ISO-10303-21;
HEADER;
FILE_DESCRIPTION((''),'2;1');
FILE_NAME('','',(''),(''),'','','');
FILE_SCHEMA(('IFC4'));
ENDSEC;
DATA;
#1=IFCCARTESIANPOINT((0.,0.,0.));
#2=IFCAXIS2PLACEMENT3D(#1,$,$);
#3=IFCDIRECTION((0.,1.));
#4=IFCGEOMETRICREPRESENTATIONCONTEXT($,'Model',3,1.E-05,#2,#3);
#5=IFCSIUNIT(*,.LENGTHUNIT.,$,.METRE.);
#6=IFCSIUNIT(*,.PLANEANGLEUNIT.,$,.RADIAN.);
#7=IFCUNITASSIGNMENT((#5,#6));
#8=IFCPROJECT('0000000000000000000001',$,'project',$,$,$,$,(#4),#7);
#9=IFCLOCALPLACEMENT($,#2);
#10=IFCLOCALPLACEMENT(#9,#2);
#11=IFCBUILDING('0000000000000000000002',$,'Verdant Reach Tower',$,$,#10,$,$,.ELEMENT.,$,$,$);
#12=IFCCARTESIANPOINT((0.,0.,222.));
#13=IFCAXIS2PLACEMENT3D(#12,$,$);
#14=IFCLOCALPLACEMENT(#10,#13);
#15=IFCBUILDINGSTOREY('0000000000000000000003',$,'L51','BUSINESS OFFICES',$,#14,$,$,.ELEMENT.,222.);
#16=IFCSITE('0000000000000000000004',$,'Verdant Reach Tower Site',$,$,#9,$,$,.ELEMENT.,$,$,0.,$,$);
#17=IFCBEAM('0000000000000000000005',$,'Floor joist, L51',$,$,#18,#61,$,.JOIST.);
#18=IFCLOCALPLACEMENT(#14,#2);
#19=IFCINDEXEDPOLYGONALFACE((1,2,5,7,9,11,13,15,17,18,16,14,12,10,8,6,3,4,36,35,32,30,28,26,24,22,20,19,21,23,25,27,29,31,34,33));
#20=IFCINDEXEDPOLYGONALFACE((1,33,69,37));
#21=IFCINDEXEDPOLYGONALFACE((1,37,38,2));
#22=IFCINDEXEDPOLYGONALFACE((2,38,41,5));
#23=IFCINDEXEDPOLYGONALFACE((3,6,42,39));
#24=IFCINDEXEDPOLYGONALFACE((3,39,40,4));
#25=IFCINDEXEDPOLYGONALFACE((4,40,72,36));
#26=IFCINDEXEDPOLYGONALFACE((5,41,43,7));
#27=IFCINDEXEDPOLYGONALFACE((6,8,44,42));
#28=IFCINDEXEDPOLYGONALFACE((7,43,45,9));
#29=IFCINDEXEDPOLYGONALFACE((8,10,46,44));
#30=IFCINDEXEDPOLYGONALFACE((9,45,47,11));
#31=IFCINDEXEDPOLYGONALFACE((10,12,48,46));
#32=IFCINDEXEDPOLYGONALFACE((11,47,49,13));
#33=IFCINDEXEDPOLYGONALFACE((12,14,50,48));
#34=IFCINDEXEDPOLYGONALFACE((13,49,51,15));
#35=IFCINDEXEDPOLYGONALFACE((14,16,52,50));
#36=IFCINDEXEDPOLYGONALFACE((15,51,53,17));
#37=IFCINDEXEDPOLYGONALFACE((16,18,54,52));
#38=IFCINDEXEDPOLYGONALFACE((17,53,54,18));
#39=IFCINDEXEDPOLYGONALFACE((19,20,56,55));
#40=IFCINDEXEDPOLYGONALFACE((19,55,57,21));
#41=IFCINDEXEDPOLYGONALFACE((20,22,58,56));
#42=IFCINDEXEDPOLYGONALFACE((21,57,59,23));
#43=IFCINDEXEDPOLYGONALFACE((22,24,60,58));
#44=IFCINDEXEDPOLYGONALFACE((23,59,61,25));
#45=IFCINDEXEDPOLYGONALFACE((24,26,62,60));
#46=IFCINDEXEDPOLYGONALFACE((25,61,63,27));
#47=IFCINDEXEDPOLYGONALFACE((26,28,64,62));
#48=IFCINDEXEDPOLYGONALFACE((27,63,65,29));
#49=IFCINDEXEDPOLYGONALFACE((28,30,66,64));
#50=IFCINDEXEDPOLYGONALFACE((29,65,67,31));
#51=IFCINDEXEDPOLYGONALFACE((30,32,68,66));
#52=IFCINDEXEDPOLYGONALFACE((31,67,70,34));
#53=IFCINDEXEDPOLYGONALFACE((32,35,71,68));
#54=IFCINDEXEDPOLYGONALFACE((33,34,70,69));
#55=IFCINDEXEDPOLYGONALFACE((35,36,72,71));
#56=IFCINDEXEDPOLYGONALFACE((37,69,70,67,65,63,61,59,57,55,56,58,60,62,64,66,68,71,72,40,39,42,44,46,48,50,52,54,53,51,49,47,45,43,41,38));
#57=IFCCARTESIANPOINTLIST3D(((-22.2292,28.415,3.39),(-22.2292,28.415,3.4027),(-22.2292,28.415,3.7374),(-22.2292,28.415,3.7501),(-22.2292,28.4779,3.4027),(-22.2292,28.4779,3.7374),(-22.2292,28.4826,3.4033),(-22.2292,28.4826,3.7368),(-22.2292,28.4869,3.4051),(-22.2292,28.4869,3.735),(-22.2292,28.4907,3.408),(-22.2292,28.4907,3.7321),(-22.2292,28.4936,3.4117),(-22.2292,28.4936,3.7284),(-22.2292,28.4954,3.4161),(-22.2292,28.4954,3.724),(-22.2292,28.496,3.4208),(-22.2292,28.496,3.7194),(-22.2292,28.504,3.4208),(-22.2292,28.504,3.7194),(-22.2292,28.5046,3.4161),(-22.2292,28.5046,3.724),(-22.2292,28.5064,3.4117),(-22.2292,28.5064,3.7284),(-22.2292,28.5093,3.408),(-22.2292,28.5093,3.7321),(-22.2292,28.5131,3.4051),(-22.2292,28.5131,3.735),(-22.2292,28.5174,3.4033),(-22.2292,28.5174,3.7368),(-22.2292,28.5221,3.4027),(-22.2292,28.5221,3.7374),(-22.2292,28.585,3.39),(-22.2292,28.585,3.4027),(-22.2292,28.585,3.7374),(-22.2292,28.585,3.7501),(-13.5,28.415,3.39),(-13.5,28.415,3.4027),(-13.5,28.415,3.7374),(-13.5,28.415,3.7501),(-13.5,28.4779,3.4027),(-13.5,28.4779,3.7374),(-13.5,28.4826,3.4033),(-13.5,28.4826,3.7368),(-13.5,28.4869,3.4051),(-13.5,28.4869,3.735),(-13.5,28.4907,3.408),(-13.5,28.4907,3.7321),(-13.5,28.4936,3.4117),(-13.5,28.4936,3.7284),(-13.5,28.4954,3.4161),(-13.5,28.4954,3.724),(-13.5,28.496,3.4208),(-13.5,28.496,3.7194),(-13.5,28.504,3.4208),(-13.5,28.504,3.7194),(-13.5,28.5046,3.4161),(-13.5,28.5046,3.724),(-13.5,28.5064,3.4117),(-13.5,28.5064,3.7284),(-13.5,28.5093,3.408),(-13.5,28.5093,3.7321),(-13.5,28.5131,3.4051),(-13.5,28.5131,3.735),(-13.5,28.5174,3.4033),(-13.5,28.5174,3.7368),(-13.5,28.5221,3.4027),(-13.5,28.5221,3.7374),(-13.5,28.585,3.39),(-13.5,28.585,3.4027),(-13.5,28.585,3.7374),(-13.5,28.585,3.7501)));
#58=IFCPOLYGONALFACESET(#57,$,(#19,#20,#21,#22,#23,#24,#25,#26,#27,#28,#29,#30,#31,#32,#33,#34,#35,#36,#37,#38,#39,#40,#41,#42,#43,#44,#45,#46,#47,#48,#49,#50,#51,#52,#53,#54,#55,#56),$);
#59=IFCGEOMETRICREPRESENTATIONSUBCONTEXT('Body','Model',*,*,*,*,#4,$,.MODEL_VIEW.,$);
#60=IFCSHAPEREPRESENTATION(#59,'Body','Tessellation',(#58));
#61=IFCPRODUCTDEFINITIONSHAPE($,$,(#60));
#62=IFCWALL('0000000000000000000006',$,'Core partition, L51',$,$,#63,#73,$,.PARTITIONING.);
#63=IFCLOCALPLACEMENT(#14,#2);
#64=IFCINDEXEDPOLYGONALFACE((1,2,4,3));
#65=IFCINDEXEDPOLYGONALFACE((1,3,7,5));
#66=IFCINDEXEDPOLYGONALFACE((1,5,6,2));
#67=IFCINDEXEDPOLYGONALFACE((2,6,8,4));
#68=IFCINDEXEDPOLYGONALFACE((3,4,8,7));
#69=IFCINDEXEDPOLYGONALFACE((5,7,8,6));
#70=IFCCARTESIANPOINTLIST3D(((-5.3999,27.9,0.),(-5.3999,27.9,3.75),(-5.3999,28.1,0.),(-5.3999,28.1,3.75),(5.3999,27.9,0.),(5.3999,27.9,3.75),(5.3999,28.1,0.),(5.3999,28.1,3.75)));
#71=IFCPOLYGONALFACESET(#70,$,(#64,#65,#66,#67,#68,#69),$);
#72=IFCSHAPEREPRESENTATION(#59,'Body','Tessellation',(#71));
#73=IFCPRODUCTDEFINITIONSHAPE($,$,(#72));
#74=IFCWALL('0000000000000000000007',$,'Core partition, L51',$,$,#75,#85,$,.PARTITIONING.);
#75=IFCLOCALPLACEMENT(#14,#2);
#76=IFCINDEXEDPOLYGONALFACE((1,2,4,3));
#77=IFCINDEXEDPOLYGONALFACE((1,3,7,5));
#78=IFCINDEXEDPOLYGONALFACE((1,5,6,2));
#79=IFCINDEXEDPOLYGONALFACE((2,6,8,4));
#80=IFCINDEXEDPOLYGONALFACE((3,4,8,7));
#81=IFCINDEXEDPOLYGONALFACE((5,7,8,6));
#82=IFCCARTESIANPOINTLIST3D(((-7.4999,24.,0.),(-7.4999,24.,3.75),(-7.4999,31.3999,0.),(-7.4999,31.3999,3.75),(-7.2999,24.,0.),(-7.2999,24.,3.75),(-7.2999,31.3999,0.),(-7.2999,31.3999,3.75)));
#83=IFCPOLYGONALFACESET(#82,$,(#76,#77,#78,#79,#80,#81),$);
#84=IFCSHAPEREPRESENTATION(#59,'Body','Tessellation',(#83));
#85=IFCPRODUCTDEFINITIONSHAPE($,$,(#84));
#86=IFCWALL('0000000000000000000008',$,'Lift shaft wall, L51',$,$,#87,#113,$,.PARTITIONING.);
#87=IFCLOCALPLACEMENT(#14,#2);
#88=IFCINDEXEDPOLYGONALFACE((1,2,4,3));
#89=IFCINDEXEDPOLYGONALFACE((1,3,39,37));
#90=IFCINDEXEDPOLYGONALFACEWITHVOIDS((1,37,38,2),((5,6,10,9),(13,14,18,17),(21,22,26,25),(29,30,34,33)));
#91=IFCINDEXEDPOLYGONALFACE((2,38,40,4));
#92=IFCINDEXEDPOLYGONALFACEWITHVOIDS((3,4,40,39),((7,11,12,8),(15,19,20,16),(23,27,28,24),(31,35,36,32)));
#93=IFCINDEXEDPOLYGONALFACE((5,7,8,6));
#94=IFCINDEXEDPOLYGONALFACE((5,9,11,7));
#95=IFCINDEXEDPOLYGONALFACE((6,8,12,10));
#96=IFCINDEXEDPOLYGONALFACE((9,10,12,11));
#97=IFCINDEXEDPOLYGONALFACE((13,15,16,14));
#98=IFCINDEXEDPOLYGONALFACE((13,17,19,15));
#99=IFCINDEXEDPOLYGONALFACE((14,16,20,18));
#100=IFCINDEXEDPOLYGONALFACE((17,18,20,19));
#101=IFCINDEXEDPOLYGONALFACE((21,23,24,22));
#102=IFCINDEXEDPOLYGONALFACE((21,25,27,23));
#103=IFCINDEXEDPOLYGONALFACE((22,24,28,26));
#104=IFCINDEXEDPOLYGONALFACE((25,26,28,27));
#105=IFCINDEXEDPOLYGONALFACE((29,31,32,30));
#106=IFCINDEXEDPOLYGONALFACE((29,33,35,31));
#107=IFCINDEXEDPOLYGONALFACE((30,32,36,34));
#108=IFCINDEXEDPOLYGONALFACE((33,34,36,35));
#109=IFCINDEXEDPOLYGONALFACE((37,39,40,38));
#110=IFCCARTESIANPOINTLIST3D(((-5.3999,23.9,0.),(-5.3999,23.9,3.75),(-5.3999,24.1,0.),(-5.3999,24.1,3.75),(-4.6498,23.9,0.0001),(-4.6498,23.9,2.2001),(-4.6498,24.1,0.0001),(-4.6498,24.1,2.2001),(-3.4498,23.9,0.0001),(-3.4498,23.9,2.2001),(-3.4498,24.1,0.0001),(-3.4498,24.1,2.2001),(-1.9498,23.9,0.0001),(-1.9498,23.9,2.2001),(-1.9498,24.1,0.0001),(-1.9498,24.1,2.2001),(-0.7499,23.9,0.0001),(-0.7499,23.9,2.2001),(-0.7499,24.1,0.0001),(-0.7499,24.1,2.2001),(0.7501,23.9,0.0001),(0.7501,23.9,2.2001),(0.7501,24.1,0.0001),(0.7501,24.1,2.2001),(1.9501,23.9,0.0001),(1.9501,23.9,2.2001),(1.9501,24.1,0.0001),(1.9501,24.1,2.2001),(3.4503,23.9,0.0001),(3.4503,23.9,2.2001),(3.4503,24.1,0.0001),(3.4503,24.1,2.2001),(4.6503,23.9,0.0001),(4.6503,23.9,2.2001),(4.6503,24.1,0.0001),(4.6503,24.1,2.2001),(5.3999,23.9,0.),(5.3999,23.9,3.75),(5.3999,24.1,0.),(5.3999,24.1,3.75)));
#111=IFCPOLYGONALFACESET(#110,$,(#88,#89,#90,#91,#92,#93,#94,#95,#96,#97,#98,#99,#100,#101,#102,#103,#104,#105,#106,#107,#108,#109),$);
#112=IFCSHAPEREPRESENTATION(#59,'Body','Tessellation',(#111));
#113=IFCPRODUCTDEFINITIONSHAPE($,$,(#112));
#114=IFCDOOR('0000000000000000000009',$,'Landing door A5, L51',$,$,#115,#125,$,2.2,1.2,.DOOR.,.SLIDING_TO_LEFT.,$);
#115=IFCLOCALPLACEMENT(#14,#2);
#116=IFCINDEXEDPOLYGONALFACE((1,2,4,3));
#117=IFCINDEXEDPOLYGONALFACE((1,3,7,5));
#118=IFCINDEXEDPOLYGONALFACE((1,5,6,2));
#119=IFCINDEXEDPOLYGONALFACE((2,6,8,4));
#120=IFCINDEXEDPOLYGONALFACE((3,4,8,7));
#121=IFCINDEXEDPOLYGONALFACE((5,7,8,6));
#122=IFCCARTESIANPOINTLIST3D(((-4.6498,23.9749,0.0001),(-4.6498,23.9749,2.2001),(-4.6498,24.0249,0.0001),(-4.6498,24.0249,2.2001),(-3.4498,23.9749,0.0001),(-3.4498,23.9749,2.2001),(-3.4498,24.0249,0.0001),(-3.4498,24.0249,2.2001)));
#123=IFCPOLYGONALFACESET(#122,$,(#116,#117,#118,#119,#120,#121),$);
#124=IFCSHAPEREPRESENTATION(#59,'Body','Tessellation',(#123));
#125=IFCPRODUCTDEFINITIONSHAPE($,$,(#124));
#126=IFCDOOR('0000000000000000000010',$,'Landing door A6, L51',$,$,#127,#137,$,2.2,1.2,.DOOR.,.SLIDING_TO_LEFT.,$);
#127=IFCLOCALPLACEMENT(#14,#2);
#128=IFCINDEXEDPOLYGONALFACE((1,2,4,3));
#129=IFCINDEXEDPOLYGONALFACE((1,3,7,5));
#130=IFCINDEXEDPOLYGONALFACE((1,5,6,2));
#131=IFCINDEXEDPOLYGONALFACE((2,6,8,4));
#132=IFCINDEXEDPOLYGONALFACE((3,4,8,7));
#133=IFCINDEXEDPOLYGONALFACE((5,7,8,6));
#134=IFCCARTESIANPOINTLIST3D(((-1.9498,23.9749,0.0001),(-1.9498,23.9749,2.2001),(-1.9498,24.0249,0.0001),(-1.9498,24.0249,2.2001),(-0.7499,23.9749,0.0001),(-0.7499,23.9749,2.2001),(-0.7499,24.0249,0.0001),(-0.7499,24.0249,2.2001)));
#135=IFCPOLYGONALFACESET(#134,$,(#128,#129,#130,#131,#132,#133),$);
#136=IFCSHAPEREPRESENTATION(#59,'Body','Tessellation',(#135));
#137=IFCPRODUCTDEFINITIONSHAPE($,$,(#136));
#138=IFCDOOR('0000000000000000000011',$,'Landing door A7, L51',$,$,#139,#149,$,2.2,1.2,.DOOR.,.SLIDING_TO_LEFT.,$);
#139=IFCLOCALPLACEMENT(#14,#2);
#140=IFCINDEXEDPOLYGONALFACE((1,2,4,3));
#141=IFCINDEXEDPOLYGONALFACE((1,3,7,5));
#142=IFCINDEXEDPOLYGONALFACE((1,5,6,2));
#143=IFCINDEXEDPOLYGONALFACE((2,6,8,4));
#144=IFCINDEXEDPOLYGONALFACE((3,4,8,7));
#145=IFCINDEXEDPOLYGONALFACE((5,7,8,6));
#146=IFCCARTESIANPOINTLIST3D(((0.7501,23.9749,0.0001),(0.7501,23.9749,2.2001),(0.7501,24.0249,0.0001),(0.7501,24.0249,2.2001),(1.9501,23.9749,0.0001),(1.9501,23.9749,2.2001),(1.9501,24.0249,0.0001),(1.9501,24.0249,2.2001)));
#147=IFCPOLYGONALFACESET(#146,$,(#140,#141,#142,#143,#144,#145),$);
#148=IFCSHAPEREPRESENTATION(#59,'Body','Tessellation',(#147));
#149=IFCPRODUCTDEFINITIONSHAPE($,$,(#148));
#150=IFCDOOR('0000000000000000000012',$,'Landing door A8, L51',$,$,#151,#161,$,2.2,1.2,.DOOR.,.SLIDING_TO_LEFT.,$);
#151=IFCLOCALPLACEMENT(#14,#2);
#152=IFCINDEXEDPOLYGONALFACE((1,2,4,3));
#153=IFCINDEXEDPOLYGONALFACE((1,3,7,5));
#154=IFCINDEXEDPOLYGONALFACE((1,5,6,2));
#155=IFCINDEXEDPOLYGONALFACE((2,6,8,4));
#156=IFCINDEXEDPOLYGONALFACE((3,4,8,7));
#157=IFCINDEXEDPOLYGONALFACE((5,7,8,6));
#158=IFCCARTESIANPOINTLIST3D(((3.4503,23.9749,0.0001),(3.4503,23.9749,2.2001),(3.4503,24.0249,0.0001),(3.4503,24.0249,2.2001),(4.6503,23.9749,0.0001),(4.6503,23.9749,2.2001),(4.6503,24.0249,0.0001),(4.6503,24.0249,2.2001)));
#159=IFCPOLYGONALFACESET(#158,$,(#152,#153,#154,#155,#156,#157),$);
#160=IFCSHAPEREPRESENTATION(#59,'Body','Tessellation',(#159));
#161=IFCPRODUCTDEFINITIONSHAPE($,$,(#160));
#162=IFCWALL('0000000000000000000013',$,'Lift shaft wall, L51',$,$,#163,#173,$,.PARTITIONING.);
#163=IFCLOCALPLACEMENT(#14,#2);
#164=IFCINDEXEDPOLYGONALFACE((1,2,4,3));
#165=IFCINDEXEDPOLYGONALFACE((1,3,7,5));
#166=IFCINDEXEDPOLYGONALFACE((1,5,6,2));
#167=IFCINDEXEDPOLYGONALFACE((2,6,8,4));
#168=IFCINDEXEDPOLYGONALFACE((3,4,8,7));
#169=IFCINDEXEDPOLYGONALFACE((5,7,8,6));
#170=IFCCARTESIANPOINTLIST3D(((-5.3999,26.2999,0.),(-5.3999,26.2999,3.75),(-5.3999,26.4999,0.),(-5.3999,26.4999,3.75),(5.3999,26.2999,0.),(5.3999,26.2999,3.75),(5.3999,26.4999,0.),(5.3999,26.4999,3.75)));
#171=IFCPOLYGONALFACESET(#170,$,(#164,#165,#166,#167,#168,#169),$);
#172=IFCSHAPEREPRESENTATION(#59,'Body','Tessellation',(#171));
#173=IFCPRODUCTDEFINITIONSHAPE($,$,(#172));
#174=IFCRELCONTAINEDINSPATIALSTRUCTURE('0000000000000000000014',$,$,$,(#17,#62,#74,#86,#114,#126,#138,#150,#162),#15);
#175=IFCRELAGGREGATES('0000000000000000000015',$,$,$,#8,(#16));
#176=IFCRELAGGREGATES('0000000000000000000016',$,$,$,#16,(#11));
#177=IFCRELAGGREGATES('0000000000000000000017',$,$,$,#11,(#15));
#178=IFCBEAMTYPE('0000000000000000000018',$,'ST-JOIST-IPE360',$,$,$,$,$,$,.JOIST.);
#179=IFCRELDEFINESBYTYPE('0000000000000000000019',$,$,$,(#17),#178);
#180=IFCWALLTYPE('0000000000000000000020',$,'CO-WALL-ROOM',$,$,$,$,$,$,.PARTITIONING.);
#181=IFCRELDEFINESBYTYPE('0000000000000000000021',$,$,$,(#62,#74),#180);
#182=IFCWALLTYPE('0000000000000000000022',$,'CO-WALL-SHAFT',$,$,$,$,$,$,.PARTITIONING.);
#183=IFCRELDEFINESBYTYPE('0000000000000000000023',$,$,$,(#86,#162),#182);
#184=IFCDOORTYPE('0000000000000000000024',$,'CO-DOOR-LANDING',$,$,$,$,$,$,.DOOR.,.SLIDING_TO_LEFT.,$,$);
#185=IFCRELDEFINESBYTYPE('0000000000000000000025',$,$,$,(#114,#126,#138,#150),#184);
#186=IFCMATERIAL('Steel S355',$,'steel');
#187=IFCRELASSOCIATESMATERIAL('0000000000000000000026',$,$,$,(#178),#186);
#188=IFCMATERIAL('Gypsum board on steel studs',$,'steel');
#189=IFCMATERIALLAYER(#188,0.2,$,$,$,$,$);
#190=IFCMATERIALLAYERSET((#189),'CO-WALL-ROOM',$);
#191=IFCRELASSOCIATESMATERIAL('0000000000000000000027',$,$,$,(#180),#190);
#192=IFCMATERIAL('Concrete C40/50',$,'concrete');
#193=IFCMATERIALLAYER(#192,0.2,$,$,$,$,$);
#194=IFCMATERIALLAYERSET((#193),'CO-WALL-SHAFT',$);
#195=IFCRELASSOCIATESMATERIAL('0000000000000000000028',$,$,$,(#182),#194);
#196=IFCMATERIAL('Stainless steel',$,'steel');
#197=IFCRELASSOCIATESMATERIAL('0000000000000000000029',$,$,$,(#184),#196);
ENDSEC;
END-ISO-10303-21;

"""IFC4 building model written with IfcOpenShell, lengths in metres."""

from ifc_helpers import new_model, si_unit, direction, frame, frame_2d, origin, origin_2d, place, context, subcontext, project, spatial, rectangle, i_section, extrude, material, layer, layer_set, material_profile, profile_set, type_object, element, fill, save


model = new_model("IFC4")

# Units and contexts
model_context = context("Model", 3, precision=1e-05, world=origin(), true_north=direction((0.0, 1.0)))
body_context = subcontext(model_context, "Body", "Model", "MODEL_VIEW")
ifc_project = project(units=[si_unit("LENGTHUNIT", "METRE"), si_unit("PLANEANGLEUNIT", "RADIAN")], contexts=[model_context])

# Site, building, storey
site_placement = place(None, origin())
site = spatial("IfcSite", under=ifc_project, at=site_placement, Name="Verdant Reach Tower Site", CompositionType="ELEMENT", RefElevation=0.0)
building_placement = place(site_placement, origin())
building = spatial("IfcBuilding", under=site, at=building_placement, Name="Verdant Reach Tower", CompositionType="ELEMENT")
storey_placement = place(building_placement, frame((0.0, 0.0, 222.0)))
storey = spatial("IfcBuildingStorey", under=building, at=storey_placement, Name="L51", Description="BUSINESS OFFICES", CompositionType="ELEMENT", Elevation=222.0)

# Beam
ifc_material_1 = material(Name="Steel S355", Category="steel")
ifc_material_profile = material_profile(ifc_material_1, i_section(OverallWidth=0.1699, OverallDepth=0.3601, WebThickness=0.0081, FlangeThickness=0.0127, FilletRadius=0.0181, at=origin_2d()), Name="IPE 360")
ifc_profile_set = profile_set([ifc_material_profile], Name="Steel S355")
beam_type = type_object("IfcBeamType", Name="ST-JOIST-IPE360", PredefinedType="JOIST", material=ifc_profile_set)
beam_placement = place(storey_placement, frame((-13.5, 28.5, 3.5701), z_axis=(-1.0, 0.0, 0.0), x_axis=(0.0, -1.0, 0.0)))
element("IfcBeam", 1, at=beam_placement, inside=storey, type_object=beam_type, Name="Floor joist, L51", PredefinedType="JOIST", context=body_context, shape_type="SweptSolid", body=[
    extrude(i_section(OverallWidth=0.1699, OverallDepth=0.3601, WebThickness=0.0081, FlangeThickness=0.0127, FilletRadius=0.0181, at=origin_2d()), origin(), (0.0, 0.0, 1.0), 8.7292),
])

# Walls
ifc_material_2 = material(Name="Gypsum board on steel studs", Category="steel")
ifc_layer_1 = layer(ifc_material_2, 0.2)
ifc_layer_set_1 = layer_set([ifc_layer_1], Name="CO-WALL-ROOM")
wall_type_1 = type_object("IfcWallType", Name="CO-WALL-ROOM", PredefinedType="PARTITIONING", material=ifc_layer_set_1)
wall_1_placement = place(storey_placement, frame((-5.3999, 28.0, 0.0), z_axis=(0.0, 0.0, 1.0), x_axis=(1.0, 0.0, 0.0)))
element("IfcWall", 2, at=wall_1_placement, inside=storey, type_object=wall_type_1, Name="Core partition, L51", PredefinedType="PARTITIONING", context=body_context, shape_type="SweptSolid", body=[
    extrude(rectangle(XDim=10.7998, YDim=0.2, at=frame_2d((5.3999, 0.0))), origin(), (0.0, 0.0, 1.0), 3.75),
])
wall_2_placement = place(storey_placement, frame((-7.3999, 24.0, 0.0), z_axis=(0.0, 0.0, 1.0), x_axis=(0.0, 1.0, 0.0)))
element("IfcWall", 3, at=wall_2_placement, inside=storey, type_object=wall_type_1, Name="Core partition, L51", PredefinedType="PARTITIONING", context=body_context, shape_type="SweptSolid", body=[
    extrude(rectangle(XDim=7.3999, YDim=0.2, at=frame_2d((3.7, 0.0))), origin(), (0.0, 0.0, 1.0), 3.75),
])

# Wall, openings, doors
ifc_material_3 = material(Name="Concrete C40/50", Category="concrete")
ifc_layer_2 = layer(ifc_material_3, 0.2)
ifc_layer_set_2 = layer_set([ifc_layer_2], Name="CO-WALL-SHAFT")
wall_type_2 = type_object("IfcWallType", Name="CO-WALL-SHAFT", PredefinedType="PARTITIONING", material=ifc_layer_set_2)
wall_3_placement = place(storey_placement, frame((-5.3999, 24.0, 0.0), z_axis=(0.0, 0.0, 1.0), x_axis=(1.0, 0.0, 0.0)))
wall_3 = element("IfcWall", 4, at=wall_3_placement, inside=storey, type_object=wall_type_2, Name="Lift shaft wall, L51", PredefinedType="PARTITIONING", context=body_context, shape_type="SweptSolid", body=[
    extrude(rectangle(XDim=10.7998, YDim=0.2, at=frame_2d((5.3999, 0.0))), origin(), (0.0, 0.0, 1.0), 3.75),
])
opening_1_placement = place(wall_3_placement, frame((0.75, 0.0, 0.0)))
opening_1 = element("IfcOpeningElement", 5, at=opening_1_placement, cuts=wall_3, PredefinedType="OPENING", context=body_context, shape_type="SweptSolid", body=[
    extrude(rectangle(XDim=1.2, YDim=2.2, at=frame_2d((0.6001, 1.1001))), frame((0.0, 0.1099, 0.0), z_axis=(0.0, -1.0, 0.0), x_axis=(1.0, 0.0, 0.0)), (0.0, 0.0, 1.0), 0.22),
])
opening_2_placement = place(wall_3_placement, frame((3.45, 0.0, 0.0)))
opening_2 = element("IfcOpeningElement", 6, at=opening_2_placement, cuts=wall_3, PredefinedType="OPENING", context=body_context, shape_type="SweptSolid", body=[
    extrude(rectangle(XDim=1.2, YDim=2.2, at=frame_2d((0.6001, 1.1001))), frame((0.0, 0.1099, 0.0), z_axis=(0.0, -1.0, 0.0), x_axis=(1.0, 0.0, 0.0)), (0.0, 0.0, 1.0), 0.22),
])
opening_3_placement = place(wall_3_placement, frame((6.1499, 0.0, 0.0)))
opening_3 = element("IfcOpeningElement", 7, at=opening_3_placement, cuts=wall_3, PredefinedType="OPENING", context=body_context, shape_type="SweptSolid", body=[
    extrude(rectangle(XDim=1.2, YDim=2.2, at=frame_2d((0.6001, 1.1001))), frame((0.0, 0.1099, 0.0), z_axis=(0.0, -1.0, 0.0), x_axis=(1.0, 0.0, 0.0)), (0.0, 0.0, 1.0), 0.22),
])
opening_4_placement = place(wall_3_placement, frame((8.8501, 0.0, 0.0)))
opening_4 = element("IfcOpeningElement", 8, at=opening_4_placement, cuts=wall_3, PredefinedType="OPENING", context=body_context, shape_type="SweptSolid", body=[
    extrude(rectangle(XDim=1.2, YDim=2.2, at=frame_2d((0.6001, 1.1001))), frame((0.0, 0.1099, 0.0), z_axis=(0.0, -1.0, 0.0), x_axis=(1.0, 0.0, 0.0)), (0.0, 0.0, 1.0), 0.22),
])
ifc_material_4 = material(Name="Stainless steel", Category="steel")
door_type = type_object("IfcDoorType", Name="CO-DOOR-LANDING", OperationType="SLIDING_TO_LEFT", PredefinedType="DOOR", material=ifc_material_4)
door_1_placement = place(opening_1_placement, origin())
door_1 = element("IfcDoor", 9, at=door_1_placement, inside=storey, type_object=door_type, Name="Landing door A5, L51", OperationType="SLIDING_TO_LEFT", OverallHeight=2.2, OverallWidth=1.2, PredefinedType="DOOR", context=body_context, shape_type="SweptSolid", body=[
    extrude(rectangle(XDim=1.2, YDim=2.2, at=frame_2d((0.6001, 1.1001))), frame((0.0, 0.0249, 0.0), z_axis=(0.0, -1.0, 0.0), x_axis=(1.0, 0.0, 0.0)), (0.0, 0.0, 1.0), 0.05),
])
fill(opening_1, door_1)
door_2_placement = place(opening_2_placement, origin())
door_2 = element("IfcDoor", 10, at=door_2_placement, inside=storey, type_object=door_type, Name="Landing door A6, L51", OperationType="SLIDING_TO_LEFT", OverallHeight=2.2, OverallWidth=1.2, PredefinedType="DOOR", context=body_context, shape_type="SweptSolid", body=[
    extrude(rectangle(XDim=1.2, YDim=2.2, at=frame_2d((0.6001, 1.1001))), frame((0.0, 0.0249, 0.0), z_axis=(0.0, -1.0, 0.0), x_axis=(1.0, 0.0, 0.0)), (0.0, 0.0, 1.0), 0.05),
])
fill(opening_2, door_2)
door_3_placement = place(opening_3_placement, origin())
door_3 = element("IfcDoor", 11, at=door_3_placement, inside=storey, type_object=door_type, Name="Landing door A7, L51", OperationType="SLIDING_TO_LEFT", OverallHeight=2.2, OverallWidth=1.2, PredefinedType="DOOR", context=body_context, shape_type="SweptSolid", body=[
    extrude(rectangle(XDim=1.2, YDim=2.2, at=frame_2d((0.6001, 1.1001))), frame((0.0, 0.0249, 0.0), z_axis=(0.0, -1.0, 0.0), x_axis=(1.0, 0.0, 0.0)), (0.0, 0.0, 1.0), 0.05),
])
fill(opening_3, door_3)
door_4_placement = place(opening_4_placement, origin())
door_4 = element("IfcDoor", 12, at=door_4_placement, inside=storey, type_object=door_type, Name="Landing door A8, L51", OperationType="SLIDING_TO_LEFT", OverallHeight=2.2, OverallWidth=1.2, PredefinedType="DOOR", context=body_context, shape_type="SweptSolid", body=[
    extrude(rectangle(XDim=1.2, YDim=2.2, at=frame_2d((0.6001, 1.1001))), frame((0.0, 0.0249, 0.0), z_axis=(0.0, -1.0, 0.0), x_axis=(1.0, 0.0, 0.0)), (0.0, 0.0, 1.0), 0.05),
])
fill(opening_4, door_4)

# Wall
wall_4_placement = place(storey_placement, frame((-5.3999, 26.3999, 0.0), z_axis=(0.0, 0.0, 1.0), x_axis=(1.0, 0.0, 0.0)))
element("IfcWall", 13, at=wall_4_placement, inside=storey, type_object=wall_type_2, Name="Lift shaft wall, L51", PredefinedType="PARTITIONING", context=body_context, shape_type="SweptSolid", body=[
    extrude(rectangle(XDim=10.7998, YDim=0.2, at=frame_2d((5.3999, 0.0))), origin(), (0.0, 0.0, 1.0), 3.75),
])

save(model, "model.ifc")
